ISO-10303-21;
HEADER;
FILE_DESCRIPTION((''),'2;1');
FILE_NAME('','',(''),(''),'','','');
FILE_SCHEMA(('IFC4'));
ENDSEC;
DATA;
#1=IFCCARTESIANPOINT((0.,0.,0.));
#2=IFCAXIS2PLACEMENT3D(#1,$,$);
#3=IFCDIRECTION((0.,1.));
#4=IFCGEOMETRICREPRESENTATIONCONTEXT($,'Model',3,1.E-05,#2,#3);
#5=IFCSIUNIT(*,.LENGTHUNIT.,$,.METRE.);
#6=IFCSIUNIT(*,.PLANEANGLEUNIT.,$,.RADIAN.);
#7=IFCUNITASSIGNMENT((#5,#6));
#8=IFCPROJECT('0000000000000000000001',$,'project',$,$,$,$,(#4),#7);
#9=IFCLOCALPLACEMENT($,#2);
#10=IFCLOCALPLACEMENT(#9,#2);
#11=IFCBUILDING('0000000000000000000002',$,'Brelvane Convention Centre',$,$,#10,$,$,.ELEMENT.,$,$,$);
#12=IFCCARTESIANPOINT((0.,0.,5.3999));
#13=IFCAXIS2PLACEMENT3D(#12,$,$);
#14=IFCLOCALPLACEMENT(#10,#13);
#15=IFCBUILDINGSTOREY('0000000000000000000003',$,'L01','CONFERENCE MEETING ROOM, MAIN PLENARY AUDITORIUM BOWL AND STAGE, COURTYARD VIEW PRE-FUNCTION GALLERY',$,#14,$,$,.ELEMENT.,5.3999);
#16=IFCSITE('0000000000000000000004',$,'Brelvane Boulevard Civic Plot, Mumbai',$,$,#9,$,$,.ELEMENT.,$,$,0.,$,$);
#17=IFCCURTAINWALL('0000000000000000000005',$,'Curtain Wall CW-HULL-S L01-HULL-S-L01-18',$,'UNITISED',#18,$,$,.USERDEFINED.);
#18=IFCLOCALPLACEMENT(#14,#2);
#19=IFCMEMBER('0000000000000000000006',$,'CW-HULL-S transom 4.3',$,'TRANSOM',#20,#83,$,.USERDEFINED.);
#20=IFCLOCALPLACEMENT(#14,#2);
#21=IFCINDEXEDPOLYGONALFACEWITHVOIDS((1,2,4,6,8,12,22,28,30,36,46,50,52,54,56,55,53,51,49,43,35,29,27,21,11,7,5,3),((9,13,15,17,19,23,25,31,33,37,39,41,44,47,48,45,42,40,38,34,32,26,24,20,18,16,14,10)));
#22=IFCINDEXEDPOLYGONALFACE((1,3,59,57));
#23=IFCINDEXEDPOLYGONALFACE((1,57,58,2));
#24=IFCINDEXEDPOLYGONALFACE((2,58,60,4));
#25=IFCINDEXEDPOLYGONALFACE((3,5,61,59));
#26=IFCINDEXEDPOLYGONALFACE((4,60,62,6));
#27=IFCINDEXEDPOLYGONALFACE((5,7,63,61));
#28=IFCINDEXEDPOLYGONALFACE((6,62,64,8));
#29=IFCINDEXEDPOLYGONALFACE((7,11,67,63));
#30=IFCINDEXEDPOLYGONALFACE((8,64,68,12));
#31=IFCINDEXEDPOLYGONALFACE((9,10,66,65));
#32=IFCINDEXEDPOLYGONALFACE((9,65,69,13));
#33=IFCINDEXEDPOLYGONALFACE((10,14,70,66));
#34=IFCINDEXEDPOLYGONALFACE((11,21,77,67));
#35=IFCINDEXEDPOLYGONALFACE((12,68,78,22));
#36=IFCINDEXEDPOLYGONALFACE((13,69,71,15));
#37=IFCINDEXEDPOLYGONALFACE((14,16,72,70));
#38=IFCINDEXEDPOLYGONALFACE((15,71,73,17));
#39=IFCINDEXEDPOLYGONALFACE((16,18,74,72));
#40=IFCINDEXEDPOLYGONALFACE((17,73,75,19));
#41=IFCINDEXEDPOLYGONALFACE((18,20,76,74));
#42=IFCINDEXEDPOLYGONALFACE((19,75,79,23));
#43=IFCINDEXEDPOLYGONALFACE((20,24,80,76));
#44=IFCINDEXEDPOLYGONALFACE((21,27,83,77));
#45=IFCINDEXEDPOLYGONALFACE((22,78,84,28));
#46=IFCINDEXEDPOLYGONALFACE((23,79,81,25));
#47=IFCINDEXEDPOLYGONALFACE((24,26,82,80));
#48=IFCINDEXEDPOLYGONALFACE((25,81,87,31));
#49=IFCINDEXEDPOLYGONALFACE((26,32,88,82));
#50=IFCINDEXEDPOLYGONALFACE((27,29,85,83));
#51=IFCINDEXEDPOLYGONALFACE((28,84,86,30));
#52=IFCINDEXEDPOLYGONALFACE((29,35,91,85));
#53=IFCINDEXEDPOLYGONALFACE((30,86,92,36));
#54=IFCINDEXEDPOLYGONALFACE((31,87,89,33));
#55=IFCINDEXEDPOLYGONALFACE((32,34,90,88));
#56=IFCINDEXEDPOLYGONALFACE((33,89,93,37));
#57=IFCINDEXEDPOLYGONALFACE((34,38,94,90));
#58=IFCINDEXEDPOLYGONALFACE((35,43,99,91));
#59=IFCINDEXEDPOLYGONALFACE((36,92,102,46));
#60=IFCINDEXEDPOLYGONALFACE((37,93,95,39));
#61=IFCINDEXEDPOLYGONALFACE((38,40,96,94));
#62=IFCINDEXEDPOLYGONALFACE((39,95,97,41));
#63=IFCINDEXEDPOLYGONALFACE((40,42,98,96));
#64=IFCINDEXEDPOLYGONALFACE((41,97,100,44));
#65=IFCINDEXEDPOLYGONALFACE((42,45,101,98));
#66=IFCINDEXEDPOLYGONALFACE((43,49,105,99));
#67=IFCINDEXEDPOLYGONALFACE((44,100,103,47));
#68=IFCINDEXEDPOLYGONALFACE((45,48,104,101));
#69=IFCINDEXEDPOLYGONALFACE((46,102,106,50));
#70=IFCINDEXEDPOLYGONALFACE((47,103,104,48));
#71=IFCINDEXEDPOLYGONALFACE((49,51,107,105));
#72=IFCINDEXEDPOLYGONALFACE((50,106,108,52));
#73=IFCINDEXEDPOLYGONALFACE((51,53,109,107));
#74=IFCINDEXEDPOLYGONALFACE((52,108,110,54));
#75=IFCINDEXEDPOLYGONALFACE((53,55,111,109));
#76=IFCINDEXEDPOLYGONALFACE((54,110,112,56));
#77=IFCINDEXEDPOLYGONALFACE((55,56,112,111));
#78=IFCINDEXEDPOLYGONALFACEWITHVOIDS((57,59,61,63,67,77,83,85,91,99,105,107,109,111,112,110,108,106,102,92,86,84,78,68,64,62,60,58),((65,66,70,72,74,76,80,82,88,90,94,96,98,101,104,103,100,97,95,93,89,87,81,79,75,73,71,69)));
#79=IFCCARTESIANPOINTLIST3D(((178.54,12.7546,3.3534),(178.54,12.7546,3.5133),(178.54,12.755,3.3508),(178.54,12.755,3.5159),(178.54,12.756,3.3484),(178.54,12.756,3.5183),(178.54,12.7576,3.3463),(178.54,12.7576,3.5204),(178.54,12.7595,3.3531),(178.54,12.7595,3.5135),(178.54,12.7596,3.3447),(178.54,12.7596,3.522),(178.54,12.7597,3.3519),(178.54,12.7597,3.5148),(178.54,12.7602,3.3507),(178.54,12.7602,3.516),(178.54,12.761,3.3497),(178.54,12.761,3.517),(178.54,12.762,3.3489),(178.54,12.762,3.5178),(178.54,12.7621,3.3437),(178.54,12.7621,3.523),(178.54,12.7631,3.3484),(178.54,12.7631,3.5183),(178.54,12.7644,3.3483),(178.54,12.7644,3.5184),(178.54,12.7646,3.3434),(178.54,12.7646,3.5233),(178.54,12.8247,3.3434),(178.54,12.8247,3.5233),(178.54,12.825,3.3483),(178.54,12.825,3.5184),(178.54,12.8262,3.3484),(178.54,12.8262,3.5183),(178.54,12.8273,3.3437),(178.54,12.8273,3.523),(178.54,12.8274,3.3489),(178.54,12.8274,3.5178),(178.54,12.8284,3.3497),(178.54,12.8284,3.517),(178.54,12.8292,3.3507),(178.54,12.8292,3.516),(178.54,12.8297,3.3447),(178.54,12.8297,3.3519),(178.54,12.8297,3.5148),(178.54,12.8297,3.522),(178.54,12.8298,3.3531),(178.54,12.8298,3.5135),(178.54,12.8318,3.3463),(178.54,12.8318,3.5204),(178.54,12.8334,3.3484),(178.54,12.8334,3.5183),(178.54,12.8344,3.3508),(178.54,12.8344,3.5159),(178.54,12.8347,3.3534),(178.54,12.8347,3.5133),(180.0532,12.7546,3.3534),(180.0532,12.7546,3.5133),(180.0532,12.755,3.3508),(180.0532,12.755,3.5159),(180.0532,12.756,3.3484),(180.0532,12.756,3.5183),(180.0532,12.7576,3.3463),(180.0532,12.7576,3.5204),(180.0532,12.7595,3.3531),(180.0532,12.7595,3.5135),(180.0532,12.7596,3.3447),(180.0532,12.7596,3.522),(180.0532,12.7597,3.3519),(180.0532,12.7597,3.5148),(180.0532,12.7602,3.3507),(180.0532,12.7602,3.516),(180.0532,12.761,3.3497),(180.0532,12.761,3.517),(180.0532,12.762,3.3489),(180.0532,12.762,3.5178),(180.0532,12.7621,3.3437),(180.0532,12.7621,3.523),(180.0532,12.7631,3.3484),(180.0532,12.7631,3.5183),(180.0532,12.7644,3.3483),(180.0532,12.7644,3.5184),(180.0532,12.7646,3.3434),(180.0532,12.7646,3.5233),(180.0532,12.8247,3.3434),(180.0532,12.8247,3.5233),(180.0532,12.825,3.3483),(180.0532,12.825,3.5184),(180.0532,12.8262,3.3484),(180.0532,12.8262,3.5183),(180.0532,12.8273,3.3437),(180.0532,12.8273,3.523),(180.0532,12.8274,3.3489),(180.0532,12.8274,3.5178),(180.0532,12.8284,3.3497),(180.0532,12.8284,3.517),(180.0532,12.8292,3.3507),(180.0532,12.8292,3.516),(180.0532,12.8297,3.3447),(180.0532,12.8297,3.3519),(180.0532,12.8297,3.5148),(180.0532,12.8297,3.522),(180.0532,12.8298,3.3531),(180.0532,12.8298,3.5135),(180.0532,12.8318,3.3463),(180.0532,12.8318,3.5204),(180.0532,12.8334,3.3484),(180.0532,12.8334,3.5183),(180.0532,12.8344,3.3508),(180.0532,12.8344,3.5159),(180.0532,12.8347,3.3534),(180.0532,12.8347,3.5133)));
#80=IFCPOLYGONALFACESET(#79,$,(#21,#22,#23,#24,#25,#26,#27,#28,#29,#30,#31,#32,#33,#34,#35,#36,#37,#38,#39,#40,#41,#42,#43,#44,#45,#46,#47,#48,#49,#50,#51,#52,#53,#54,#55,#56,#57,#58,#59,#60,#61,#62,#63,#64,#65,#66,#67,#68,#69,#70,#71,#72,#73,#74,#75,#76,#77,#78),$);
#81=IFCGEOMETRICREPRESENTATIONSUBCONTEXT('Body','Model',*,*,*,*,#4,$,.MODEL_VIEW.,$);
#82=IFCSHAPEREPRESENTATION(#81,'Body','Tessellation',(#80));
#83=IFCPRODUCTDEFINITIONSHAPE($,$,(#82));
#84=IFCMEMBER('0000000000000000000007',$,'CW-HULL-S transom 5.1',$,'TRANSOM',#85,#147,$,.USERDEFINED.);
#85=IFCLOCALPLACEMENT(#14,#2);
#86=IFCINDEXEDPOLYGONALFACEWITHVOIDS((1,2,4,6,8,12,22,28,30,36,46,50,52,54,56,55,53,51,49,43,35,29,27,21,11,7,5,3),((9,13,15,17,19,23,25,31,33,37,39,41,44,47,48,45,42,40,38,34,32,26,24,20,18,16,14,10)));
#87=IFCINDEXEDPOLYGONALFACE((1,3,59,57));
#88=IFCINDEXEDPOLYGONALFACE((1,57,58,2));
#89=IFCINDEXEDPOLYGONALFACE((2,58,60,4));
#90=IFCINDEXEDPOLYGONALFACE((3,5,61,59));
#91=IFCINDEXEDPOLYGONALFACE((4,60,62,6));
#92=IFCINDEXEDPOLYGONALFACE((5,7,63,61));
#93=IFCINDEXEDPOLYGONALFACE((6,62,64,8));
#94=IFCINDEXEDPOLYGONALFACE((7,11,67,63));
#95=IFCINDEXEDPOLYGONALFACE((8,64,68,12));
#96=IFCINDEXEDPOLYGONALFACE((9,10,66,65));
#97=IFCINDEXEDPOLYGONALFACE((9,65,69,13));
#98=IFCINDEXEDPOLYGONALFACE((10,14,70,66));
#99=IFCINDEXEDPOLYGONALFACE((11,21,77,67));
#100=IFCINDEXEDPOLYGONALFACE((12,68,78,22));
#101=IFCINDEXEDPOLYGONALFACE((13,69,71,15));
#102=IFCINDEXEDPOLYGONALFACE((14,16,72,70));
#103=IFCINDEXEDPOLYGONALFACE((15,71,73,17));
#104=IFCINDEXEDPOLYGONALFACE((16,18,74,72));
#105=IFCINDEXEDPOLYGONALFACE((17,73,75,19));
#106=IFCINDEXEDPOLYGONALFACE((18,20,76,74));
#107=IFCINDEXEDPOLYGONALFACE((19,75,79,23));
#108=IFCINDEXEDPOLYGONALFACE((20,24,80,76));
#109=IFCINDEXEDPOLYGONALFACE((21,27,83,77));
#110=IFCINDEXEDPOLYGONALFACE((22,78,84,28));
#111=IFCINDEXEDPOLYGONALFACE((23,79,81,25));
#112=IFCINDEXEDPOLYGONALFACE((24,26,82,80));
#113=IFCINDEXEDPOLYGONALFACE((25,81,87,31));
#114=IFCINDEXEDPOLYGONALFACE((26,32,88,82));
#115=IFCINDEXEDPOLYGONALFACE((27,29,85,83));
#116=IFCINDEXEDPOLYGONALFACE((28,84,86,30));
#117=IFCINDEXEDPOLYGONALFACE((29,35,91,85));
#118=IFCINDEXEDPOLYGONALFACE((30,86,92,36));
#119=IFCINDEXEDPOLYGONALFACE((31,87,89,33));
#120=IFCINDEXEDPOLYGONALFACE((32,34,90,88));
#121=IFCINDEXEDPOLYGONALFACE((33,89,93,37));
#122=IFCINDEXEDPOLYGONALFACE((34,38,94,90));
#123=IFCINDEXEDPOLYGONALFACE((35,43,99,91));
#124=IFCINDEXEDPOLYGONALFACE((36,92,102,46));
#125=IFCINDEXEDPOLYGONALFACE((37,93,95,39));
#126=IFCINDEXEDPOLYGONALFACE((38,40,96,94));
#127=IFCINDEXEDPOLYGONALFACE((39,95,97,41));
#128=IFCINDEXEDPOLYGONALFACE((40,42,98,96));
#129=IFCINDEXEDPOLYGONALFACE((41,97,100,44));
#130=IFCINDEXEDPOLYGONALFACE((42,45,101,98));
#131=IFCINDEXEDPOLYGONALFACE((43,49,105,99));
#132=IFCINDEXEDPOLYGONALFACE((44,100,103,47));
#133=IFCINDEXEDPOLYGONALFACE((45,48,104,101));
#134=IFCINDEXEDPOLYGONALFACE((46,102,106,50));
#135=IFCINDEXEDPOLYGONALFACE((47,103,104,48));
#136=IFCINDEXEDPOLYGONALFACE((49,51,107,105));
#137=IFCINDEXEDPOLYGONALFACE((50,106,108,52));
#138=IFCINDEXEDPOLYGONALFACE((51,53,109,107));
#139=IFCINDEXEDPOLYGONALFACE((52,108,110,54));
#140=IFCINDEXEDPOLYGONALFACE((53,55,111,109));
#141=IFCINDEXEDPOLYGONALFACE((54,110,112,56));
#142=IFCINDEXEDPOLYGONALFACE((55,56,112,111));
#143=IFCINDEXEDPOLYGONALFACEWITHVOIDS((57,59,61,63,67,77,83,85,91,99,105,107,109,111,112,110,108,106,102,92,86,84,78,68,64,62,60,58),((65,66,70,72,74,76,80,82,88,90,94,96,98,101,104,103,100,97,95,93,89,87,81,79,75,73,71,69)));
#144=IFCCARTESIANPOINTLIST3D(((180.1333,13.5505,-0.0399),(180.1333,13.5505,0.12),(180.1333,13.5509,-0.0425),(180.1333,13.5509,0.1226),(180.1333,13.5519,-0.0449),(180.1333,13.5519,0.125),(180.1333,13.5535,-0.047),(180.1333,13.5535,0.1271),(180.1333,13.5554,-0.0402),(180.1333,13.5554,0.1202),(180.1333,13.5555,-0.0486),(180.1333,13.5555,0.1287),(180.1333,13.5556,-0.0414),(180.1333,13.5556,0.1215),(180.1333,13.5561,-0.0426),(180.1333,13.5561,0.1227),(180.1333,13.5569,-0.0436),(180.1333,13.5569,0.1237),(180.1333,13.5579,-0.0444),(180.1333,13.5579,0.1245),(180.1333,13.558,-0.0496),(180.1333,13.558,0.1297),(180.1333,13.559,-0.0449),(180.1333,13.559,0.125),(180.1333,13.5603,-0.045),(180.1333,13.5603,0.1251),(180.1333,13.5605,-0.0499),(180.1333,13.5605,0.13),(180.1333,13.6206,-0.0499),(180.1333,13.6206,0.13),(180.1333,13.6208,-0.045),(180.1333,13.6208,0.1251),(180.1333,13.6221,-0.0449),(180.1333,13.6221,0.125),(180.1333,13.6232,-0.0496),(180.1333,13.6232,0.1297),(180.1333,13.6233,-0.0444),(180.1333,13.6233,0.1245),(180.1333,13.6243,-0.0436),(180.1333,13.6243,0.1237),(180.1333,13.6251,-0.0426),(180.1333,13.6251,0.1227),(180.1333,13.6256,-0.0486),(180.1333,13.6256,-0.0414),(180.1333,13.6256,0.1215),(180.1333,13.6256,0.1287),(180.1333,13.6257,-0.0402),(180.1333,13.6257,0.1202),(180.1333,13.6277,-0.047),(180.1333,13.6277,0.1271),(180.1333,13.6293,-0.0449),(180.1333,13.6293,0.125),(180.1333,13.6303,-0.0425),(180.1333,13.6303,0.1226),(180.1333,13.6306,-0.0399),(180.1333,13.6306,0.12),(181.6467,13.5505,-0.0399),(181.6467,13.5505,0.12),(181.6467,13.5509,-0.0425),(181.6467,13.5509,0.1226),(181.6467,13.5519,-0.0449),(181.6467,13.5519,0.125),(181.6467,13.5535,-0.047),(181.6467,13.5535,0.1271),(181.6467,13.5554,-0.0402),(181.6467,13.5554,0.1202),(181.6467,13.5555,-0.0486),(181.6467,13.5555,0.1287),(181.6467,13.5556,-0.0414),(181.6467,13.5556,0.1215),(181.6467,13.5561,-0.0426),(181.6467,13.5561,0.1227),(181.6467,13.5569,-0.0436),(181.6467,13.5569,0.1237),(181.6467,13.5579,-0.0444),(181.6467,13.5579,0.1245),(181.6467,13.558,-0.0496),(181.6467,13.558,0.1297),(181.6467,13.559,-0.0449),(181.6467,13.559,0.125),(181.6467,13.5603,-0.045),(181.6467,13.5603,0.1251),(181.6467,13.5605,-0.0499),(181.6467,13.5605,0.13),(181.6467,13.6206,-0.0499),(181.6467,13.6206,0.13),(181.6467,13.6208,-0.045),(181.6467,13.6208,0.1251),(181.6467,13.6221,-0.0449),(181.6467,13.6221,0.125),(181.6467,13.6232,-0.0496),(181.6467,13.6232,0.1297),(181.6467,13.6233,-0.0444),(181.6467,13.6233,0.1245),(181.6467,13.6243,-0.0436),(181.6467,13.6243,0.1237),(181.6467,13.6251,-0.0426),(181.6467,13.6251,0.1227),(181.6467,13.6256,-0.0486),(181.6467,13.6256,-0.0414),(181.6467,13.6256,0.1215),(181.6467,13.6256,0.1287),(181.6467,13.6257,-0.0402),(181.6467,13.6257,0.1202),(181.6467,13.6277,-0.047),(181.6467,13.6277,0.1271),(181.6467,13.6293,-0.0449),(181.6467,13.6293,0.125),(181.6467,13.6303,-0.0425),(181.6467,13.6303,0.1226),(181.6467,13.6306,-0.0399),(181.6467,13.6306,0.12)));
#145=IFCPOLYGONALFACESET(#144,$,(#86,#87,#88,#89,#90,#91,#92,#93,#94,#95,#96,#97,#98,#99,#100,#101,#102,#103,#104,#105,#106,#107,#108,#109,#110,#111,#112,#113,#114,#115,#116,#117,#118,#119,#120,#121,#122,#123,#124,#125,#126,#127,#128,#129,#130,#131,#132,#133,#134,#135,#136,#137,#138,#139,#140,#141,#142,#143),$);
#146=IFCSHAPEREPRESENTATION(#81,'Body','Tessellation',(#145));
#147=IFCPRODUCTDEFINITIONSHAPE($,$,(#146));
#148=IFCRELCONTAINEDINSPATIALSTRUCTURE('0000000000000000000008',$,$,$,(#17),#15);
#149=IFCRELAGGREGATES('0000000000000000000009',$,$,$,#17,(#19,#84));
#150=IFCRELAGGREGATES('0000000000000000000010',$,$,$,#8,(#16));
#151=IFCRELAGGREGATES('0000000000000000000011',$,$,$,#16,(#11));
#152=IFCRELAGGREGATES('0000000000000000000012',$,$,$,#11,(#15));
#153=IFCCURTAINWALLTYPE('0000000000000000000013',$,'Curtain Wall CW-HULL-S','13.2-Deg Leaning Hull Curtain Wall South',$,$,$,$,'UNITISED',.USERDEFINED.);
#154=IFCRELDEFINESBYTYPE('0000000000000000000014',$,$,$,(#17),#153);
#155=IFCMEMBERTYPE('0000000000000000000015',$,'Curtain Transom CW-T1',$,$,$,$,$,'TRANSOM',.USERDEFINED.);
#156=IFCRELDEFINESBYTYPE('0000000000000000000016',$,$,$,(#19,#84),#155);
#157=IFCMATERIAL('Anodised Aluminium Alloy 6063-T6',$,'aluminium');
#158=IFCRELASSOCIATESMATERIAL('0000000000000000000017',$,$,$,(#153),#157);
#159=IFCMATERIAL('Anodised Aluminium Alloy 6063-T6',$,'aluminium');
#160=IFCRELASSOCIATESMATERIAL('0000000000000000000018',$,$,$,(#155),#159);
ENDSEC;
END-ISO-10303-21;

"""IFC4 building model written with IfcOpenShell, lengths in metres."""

from ifc_helpers import new_model, si_unit, direction, frame, origin, origin_2d, place, context, subcontext, project, spatial, hollow_rectangle, extrude, material, material_profile, profile_set, type_object, element, aggregate, save


model = new_model("IFC4")

# Units and contexts
model_context = context("Model", 3, precision=1e-05, world=origin(), true_north=direction((0.0, 1.0)))
body_context = subcontext(model_context, "Body", "Model", "MODEL_VIEW")
ifc_project = project(units=[si_unit("LENGTHUNIT", "METRE"), si_unit("PLANEANGLEUNIT", "RADIAN")], contexts=[model_context])

# Site, building, storey
site_placement = place(None, origin())
site = spatial("IfcSite", under=ifc_project, at=site_placement, Name="Brelvane Boulevard Civic Plot, Mumbai", CompositionType="ELEMENT", RefElevation=0.0)
building_placement = place(site_placement, origin())
building = spatial("IfcBuilding", under=site, at=building_placement, Name="Brelvane Convention Centre", CompositionType="ELEMENT")
storey_placement = place(building_placement, frame((0.0, 0.0, 5.3999)))
storey = spatial("IfcBuildingStorey", under=building, at=storey_placement, Name="L01", Description="CONFERENCE MEETING ROOM, MAIN PLENARY AUDITORIUM BOWL AND STAGE, COURTYARD VIEW PRE-FUNCTION GALLERY", CompositionType="ELEMENT", Elevation=5.3999)

# Curtain wall, members
ifc_material_1 = material(Name="Anodised Aluminium Alloy 6063-T6", Category="aluminium")
curtain_wall_type = type_object("IfcCurtainWallType", Name="Curtain Wall CW-HULL-S", Description="13.2-Deg Leaning Hull Curtain Wall South", ElementType="UNITISED", PredefinedType="USERDEFINED", material=ifc_material_1)
curtain_wall_1_placement = place(storey_placement, origin())
curtain_wall_1 = element("IfcCurtainWall", 1, at=curtain_wall_1_placement, inside=storey, type_object=curtain_wall_type, Name="Curtain Wall CW-HULL-S L01-HULL-S-L01-18", ObjectType="UNITISED", PredefinedType="USERDEFINED")
ifc_material_2 = material(Name="Anodised Aluminium Alloy 6063-T6", Category="aluminium")
ifc_material_profile = material_profile(ifc_material_2, hollow_rectangle(XDim=0.0801, YDim=0.1799, WallThickness=0.0049, InnerFilletRadius=0.0049, OuterFilletRadius=0.01, at=origin_2d()), Name="ALU-T 180x80x5.0")
ifc_profile_set = profile_set([ifc_material_profile], Name="Anodised Aluminium Alloy 6063-T6")
member_type = type_object("IfcMemberType", Name="Curtain Transom CW-T1", ElementType="TRANSOM", PredefinedType="USERDEFINED", material=ifc_profile_set)
member_1_placement = place(storey_placement, frame((178.54, 12.7947, 3.4333), z_axis=(1.0, 0.0, 0.0), x_axis=(0.0, 1.0, 0.0)))
member_1 = element("IfcMember", 2, at=member_1_placement, type_object=member_type, Name="CW-HULL-S transom 4.3", ObjectType="TRANSOM", PredefinedType="USERDEFINED", context=body_context, shape_type="SweptSolid", body=[
    extrude(hollow_rectangle(XDim=0.0801, YDim=0.1799, WallThickness=0.0049, InnerFilletRadius=0.0049, OuterFilletRadius=0.01, at=origin_2d()), origin(), (0.0, 0.0, 1.0), 1.5132),
])
member_2_placement = place(storey_placement, frame((180.1333, 13.5906, 0.04), z_axis=(1.0, 0.0, 0.0), x_axis=(0.0, 1.0, 0.0)))
member_2 = element("IfcMember", 3, at=member_2_placement, type_object=member_type, Name="CW-HULL-S transom 5.1", ObjectType="TRANSOM", PredefinedType="USERDEFINED", context=body_context, shape_type="SweptSolid", body=[
    extrude(hollow_rectangle(XDim=0.0801, YDim=0.1799, WallThickness=0.0049, InnerFilletRadius=0.0049, OuterFilletRadius=0.01, at=origin_2d()), origin(), (0.0, 0.0, 1.0), 1.5134),
])

aggregate(curtain_wall_1, [member_1, member_2])

save(model, "model.ifc")
